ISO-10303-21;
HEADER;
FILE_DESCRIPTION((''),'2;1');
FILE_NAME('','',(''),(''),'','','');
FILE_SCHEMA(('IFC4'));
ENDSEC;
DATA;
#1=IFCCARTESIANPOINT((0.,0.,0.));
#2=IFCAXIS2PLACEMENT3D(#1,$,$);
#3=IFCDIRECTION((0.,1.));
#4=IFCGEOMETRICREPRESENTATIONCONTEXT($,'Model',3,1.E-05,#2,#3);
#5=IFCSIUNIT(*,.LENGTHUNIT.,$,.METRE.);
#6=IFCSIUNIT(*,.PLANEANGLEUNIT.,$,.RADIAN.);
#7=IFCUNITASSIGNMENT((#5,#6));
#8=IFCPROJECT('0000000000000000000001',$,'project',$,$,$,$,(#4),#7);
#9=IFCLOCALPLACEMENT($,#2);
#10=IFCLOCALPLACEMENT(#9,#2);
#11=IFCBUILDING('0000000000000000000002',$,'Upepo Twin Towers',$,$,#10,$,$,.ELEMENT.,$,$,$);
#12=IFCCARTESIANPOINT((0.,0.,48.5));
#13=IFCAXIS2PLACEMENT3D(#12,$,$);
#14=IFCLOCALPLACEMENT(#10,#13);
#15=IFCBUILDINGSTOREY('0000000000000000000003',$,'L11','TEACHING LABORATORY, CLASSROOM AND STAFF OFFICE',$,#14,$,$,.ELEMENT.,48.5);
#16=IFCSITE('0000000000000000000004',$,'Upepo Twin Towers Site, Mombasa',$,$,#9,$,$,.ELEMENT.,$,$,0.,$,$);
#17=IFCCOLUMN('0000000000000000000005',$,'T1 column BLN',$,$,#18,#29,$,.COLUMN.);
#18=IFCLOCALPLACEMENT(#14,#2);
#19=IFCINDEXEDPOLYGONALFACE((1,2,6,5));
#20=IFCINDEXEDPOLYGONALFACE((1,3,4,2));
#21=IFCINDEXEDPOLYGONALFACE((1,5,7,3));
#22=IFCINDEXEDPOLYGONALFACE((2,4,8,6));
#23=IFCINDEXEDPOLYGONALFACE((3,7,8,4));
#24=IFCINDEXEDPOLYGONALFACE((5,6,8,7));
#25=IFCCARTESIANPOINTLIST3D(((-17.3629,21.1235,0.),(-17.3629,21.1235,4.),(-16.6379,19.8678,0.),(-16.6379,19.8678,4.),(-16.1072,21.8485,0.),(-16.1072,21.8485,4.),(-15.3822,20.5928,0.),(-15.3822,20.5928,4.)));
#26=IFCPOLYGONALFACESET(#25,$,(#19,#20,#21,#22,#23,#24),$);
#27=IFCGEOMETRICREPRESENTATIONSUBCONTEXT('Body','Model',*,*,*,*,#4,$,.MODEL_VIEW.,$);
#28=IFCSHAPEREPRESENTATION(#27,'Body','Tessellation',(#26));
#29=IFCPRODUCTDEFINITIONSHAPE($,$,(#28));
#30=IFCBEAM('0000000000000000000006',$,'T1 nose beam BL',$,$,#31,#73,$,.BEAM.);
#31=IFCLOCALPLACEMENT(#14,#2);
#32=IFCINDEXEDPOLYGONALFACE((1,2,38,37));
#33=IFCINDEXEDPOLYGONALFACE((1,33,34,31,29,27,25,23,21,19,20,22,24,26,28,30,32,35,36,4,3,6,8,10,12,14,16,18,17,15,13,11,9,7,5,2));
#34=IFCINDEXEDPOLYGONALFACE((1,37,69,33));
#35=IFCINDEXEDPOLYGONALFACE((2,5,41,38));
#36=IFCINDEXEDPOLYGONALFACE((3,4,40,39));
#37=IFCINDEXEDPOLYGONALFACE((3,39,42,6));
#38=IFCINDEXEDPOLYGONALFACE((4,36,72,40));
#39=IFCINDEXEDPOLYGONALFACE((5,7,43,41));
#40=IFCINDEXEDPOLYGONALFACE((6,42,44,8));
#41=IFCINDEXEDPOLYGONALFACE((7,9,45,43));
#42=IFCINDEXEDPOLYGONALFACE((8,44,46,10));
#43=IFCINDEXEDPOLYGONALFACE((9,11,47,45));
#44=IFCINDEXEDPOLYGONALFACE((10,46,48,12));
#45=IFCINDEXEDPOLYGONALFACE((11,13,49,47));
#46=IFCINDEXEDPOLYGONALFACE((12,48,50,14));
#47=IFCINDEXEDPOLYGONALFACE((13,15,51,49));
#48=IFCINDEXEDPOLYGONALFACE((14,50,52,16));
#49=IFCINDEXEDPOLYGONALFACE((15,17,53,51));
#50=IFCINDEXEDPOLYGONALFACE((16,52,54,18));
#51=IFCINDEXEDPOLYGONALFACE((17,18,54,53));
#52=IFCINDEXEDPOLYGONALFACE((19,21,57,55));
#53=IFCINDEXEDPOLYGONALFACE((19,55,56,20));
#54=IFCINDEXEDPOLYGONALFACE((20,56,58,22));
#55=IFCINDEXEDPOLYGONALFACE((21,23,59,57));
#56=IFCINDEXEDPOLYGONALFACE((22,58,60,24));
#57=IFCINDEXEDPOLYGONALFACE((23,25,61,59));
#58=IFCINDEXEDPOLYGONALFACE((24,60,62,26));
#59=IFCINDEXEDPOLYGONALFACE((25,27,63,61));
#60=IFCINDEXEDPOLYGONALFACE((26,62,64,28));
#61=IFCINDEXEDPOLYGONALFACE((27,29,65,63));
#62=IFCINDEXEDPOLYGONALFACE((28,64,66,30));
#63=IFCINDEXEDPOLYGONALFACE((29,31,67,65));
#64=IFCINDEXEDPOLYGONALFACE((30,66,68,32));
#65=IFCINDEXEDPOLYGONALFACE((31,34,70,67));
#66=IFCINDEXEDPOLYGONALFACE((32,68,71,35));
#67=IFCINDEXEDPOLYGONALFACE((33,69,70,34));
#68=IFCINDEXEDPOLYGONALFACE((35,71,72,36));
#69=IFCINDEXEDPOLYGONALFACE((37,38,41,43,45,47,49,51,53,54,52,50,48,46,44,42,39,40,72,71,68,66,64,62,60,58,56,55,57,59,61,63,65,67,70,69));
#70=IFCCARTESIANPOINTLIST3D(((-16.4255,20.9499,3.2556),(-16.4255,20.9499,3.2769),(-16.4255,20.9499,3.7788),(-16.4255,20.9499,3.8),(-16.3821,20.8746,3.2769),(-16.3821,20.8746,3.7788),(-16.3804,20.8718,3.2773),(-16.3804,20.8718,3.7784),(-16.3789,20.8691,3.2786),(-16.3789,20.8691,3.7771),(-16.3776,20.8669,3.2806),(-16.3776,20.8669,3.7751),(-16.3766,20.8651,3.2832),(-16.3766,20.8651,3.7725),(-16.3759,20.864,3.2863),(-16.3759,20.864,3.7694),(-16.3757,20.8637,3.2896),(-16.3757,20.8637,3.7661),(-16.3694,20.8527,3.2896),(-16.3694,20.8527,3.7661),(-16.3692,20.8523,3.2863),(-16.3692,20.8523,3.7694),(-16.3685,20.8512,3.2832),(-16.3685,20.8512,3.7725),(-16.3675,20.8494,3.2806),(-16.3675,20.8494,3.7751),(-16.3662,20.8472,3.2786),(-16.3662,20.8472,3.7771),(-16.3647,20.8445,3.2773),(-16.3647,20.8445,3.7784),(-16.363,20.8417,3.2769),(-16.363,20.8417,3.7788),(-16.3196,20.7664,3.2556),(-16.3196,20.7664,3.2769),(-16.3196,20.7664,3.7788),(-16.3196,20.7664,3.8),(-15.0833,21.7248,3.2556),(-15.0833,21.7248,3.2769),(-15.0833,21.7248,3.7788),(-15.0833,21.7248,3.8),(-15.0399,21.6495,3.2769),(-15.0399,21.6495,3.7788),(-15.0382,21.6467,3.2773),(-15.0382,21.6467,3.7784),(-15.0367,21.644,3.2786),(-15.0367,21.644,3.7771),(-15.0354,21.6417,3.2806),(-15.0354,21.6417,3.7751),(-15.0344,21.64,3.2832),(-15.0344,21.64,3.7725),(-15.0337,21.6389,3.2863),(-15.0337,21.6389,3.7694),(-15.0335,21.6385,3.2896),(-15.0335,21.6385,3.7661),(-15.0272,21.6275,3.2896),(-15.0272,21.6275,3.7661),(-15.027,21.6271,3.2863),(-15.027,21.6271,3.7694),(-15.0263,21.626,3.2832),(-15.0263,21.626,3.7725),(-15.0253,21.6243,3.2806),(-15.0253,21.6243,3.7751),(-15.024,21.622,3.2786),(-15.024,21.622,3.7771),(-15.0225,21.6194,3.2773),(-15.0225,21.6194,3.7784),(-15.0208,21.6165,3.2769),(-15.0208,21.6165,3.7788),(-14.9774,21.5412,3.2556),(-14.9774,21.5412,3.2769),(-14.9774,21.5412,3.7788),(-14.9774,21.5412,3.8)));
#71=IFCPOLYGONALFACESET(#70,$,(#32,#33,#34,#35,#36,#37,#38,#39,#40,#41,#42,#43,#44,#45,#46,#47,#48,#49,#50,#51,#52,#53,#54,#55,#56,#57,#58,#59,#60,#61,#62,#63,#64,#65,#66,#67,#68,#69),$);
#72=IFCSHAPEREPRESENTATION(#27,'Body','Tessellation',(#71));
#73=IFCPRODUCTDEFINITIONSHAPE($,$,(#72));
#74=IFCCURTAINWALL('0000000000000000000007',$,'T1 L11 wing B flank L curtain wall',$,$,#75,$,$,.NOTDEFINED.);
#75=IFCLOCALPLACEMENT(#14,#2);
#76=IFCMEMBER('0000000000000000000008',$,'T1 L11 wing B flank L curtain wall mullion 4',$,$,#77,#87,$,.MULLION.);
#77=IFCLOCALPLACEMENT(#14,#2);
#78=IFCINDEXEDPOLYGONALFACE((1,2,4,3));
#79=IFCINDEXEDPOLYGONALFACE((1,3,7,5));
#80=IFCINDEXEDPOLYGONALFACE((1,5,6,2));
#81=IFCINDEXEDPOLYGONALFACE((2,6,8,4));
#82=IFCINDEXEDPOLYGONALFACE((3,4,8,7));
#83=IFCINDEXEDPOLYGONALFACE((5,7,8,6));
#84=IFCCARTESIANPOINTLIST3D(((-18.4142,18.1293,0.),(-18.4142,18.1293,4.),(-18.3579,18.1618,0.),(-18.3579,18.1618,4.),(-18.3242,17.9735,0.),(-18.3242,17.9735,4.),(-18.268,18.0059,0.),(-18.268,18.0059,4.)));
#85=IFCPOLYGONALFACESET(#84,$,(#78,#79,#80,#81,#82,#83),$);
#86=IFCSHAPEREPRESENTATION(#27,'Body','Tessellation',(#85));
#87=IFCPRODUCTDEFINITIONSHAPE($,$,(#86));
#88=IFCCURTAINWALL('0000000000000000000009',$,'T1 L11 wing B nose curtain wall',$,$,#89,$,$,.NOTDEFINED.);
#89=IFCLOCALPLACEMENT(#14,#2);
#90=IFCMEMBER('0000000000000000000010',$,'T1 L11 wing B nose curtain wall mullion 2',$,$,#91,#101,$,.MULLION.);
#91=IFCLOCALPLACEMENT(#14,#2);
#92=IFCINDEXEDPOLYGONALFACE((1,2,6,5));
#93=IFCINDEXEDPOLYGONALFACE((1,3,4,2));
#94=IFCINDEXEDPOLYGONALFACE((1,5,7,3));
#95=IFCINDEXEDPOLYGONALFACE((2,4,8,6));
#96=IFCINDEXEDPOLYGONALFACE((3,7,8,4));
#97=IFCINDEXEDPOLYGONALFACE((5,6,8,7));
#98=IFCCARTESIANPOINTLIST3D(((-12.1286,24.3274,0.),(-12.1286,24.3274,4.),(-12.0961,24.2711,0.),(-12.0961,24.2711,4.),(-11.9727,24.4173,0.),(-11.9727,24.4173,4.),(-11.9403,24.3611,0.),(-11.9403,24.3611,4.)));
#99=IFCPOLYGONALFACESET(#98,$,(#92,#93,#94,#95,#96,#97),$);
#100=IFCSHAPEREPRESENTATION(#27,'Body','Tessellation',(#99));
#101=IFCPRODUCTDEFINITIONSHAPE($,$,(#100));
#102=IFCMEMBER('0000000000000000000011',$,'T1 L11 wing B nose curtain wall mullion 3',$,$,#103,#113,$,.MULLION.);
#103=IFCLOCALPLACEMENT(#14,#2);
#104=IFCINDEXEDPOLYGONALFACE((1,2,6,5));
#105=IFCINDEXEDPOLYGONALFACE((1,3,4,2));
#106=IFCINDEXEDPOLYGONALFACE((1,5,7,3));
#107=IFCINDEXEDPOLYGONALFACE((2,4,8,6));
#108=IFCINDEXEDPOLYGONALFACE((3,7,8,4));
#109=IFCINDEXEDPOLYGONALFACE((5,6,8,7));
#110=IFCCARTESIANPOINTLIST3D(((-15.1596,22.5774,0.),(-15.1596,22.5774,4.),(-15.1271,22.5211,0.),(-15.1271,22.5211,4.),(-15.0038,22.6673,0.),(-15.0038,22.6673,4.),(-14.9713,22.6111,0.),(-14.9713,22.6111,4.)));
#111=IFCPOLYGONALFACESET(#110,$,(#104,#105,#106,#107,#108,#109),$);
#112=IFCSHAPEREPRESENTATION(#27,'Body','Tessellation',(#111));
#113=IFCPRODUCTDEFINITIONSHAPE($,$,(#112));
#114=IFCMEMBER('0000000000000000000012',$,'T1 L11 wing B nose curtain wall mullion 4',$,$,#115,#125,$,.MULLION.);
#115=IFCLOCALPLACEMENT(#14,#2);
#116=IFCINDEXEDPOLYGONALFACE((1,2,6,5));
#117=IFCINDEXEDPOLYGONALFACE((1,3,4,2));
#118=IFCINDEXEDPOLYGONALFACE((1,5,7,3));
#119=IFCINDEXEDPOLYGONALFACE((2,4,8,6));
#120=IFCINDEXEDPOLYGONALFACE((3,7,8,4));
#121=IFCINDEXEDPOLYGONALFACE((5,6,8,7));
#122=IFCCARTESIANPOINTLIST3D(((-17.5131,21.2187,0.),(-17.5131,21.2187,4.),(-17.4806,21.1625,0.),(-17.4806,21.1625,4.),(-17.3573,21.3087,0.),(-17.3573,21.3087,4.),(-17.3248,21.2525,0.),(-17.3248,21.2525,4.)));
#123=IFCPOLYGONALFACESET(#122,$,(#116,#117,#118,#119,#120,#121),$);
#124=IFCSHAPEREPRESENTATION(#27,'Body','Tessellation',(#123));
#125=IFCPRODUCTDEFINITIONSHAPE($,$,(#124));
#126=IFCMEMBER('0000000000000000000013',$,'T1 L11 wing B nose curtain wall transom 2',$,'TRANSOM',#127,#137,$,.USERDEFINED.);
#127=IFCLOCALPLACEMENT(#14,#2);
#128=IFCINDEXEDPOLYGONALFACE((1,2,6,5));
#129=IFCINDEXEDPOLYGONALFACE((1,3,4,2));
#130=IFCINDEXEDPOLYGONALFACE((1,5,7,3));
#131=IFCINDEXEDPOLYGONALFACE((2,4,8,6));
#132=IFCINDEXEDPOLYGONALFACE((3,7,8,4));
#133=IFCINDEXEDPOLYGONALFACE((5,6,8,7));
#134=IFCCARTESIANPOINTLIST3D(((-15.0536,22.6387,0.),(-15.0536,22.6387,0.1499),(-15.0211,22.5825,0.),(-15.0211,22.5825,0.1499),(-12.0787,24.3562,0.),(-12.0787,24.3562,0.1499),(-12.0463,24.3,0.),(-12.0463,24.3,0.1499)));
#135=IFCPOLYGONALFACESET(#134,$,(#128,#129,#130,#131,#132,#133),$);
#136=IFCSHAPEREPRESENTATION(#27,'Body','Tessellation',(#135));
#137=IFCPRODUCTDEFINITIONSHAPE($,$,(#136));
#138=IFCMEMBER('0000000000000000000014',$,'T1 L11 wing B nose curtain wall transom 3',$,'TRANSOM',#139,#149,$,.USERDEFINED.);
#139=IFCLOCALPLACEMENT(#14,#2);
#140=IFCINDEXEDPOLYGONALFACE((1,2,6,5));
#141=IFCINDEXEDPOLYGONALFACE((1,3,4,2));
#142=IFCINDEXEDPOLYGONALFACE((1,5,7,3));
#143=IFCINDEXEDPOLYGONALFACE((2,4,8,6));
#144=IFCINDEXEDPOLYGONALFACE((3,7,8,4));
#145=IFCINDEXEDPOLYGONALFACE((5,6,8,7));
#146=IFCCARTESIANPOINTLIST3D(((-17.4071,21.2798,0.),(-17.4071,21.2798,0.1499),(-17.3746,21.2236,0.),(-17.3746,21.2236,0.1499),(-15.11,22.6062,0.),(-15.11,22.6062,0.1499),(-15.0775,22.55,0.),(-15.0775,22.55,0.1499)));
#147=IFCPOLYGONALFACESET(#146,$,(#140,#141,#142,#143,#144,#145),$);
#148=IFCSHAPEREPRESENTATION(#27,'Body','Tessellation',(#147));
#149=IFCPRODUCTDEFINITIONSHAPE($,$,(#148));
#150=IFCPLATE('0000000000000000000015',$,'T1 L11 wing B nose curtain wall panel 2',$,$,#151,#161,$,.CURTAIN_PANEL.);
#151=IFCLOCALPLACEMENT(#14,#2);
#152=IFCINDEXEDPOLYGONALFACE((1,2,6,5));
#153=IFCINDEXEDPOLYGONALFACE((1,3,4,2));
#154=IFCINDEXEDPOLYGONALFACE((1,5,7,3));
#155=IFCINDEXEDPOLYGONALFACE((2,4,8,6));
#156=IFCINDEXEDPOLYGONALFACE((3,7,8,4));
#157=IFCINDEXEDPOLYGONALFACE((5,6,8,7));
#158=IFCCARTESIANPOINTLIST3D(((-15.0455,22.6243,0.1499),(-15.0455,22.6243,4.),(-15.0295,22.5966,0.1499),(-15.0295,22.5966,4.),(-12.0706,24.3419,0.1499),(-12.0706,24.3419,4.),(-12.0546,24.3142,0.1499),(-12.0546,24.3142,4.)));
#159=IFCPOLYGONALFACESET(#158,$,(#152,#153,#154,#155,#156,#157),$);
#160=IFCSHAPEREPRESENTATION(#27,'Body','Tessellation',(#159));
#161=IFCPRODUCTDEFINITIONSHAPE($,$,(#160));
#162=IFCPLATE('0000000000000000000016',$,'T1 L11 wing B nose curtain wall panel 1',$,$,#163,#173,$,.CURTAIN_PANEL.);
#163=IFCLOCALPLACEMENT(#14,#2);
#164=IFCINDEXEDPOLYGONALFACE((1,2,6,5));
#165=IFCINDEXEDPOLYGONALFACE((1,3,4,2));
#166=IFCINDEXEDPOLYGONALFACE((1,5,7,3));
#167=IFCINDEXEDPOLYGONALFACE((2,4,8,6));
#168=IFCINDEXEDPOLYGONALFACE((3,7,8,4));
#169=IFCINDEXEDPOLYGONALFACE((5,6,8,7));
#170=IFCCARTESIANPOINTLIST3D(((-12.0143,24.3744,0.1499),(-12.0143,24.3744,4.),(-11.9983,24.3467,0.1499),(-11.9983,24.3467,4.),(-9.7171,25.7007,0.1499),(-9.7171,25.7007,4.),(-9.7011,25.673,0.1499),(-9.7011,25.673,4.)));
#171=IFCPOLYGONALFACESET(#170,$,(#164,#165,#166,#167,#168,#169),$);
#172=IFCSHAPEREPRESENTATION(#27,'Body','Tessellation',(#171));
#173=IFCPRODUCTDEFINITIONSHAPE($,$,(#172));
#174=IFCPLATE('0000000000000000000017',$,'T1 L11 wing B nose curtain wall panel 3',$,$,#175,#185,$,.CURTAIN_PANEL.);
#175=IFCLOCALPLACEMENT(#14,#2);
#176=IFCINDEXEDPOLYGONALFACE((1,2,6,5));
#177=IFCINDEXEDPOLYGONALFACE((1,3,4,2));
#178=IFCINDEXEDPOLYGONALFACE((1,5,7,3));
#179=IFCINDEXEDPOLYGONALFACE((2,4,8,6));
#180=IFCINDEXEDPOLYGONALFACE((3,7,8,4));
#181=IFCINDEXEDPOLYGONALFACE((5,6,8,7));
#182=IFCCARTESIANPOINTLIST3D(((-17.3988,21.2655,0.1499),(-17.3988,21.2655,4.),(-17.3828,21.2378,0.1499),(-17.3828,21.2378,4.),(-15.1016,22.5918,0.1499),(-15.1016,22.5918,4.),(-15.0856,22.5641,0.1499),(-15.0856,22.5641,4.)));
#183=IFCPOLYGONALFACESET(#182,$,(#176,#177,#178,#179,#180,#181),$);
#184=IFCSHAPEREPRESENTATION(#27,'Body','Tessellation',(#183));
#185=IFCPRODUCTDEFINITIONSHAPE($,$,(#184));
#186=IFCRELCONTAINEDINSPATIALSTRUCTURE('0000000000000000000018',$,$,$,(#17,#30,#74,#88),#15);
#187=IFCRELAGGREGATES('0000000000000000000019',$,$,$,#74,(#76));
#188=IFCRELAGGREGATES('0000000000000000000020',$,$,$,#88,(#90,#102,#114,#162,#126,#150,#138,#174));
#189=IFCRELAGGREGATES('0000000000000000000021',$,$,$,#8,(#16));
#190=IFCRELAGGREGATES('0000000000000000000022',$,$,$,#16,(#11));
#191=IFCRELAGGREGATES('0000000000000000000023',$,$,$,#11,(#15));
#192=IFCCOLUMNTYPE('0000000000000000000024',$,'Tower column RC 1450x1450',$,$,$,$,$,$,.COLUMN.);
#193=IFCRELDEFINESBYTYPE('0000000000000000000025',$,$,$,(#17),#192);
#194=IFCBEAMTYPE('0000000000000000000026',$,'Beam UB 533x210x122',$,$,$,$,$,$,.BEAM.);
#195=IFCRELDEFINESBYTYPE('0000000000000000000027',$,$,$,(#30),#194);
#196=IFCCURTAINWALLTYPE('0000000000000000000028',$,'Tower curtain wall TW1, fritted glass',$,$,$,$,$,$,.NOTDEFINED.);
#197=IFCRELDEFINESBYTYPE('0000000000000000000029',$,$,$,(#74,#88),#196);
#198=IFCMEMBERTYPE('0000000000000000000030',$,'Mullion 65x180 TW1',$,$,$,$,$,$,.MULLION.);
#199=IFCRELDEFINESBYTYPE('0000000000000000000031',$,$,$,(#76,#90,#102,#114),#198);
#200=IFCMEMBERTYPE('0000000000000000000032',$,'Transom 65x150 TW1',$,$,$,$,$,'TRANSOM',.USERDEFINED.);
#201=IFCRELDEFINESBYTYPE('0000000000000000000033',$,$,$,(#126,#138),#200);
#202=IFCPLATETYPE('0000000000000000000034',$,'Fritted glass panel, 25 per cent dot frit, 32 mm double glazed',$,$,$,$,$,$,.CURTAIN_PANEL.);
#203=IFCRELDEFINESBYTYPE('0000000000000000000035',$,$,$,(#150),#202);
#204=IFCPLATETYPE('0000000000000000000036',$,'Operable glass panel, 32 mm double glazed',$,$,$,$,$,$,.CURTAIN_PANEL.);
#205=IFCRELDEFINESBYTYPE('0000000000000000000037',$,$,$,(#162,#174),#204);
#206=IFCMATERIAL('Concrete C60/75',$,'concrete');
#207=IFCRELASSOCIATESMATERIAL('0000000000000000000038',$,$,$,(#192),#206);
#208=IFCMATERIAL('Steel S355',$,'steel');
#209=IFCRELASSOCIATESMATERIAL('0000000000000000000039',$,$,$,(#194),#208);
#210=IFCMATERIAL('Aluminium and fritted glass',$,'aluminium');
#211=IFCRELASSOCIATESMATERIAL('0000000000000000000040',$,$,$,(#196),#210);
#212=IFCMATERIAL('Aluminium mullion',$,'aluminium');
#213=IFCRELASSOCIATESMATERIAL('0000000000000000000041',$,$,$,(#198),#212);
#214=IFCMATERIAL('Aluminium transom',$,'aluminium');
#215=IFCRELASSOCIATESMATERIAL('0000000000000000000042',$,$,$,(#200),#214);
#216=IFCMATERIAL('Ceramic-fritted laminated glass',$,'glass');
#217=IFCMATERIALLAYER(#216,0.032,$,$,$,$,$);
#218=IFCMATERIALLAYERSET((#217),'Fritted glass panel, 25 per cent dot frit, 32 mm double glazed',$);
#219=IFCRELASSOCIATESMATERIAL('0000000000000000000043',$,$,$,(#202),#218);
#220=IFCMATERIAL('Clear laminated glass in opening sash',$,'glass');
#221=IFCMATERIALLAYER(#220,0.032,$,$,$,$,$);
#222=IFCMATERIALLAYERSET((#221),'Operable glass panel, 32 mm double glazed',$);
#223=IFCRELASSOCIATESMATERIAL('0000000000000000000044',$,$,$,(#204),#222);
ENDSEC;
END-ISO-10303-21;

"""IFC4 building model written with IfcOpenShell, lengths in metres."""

from ifc_helpers import new_model, si_unit, direction, frame, origin, origin_2d, place, context, subcontext, project, spatial, rectangle, i_section, extrude, material, layer, layer_set, material_profile, profile_set, type_object, element, aggregate, save


model = new_model("IFC4")

# Units and contexts
model_context = context("Model", 3, precision=1e-05, world=origin(), true_north=direction((0.0, 1.0)))
body_context = subcontext(model_context, "Body", "Model", "MODEL_VIEW")
ifc_project = project(units=[si_unit("LENGTHUNIT", "METRE"), si_unit("PLANEANGLEUNIT", "RADIAN")], contexts=[model_context])

# Site, building, storey
site_placement = place(None, origin())
site = spatial("IfcSite", under=ifc_project, at=site_placement, Name="Upepo Twin Towers Site, Mombasa", CompositionType="ELEMENT", RefElevation=0.0)
building_placement = place(site_placement, origin())
building = spatial("IfcBuilding", under=site, at=building_placement, Name="Upepo Twin Towers", CompositionType="ELEMENT")
storey_placement = place(building_placement, frame((0.0, 0.0, 48.5)))
storey = spatial("IfcBuildingStorey", under=building, at=storey_placement, Name="L11", Description="TEACHING LABORATORY, CLASSROOM AND STAFF OFFICE", CompositionType="ELEMENT", Elevation=48.5)

# Column
ifc_material_1 = material(Name="Concrete C60/75", Category="concrete")
ifc_material_profile_1 = material_profile(ifc_material_1, rectangle(XDim=1.45, YDim=1.45, at=origin_2d()), Name="RC 1450x1450")
ifc_profile_set_1 = profile_set([ifc_material_profile_1], Name="Concrete C60/75")
column_type = type_object("IfcColumnType", Name="Tower column RC 1450x1450", PredefinedType="COLUMN", material=ifc_profile_set_1)
column_placement = place(storey_placement, frame((-16.3726, 20.8582, 0.0), z_axis=(0.0, 0.0, 1.0), x_axis=(0.866025, 0.5, 0.0)))
element("IfcColumn", 1, at=column_placement, inside=storey, type_object=column_type, Name="T1 column BLN", PredefinedType="COLUMN", context=body_context, shape_type="SweptSolid", body=[
    extrude(rectangle(XDim=1.45, YDim=1.45, at=origin_2d()), origin(), (0.0, 0.0, 1.0), 4.0),
])

# Beam
ifc_material_2 = material(Name="Steel S355", Category="steel")
ifc_material_profile_2 = material_profile(ifc_material_2, i_section(OverallWidth=0.2119, OverallDepth=0.5444, WebThickness=0.0127, FlangeThickness=0.0212, FilletRadius=0.0127, at=origin_2d()), Name="UB 533x210x122")
ifc_profile_set_2 = profile_set([ifc_material_profile_2], Name="Steel S355")
beam_type = type_object("IfcBeamType", Name="Beam UB 533x210x122", PredefinedType="BEAM", material=ifc_profile_set_2)
beam_placement = place(storey_placement, frame((-16.3726, 20.8582, 3.5278), z_axis=(0.866044, 0.499968, 0.0), x_axis=(-0.499968, 0.866044, 0.0)))
element("IfcBeam", 2, at=beam_placement, inside=storey, type_object=beam_type, Name="T1 nose beam BL", PredefinedType="BEAM", context=body_context, shape_type="SweptSolid", body=[
    extrude(i_section(OverallWidth=0.2119, OverallDepth=0.5444, WebThickness=0.0127, FlangeThickness=0.0212, FilletRadius=0.0127, at=origin_2d()), origin(), (0.0, 0.0, 1.0), 1.5498),
])

# Curtain wall, member
ifc_material_3 = material(Name="Aluminium and fritted glass", Category="aluminium")
curtain_wall_type = type_object("IfcCurtainWallType", Name="Tower curtain wall TW1, fritted glass", PredefinedType="NOTDEFINED", material=ifc_material_3)
curtain_wall_1_placement = place(storey_placement, origin())
curtain_wall_1 = element("IfcCurtainWall", 3, at=curtain_wall_1_placement, inside=storey, type_object=curtain_wall_type, Name="T1 L11 wing B flank L curtain wall", PredefinedType="NOTDEFINED")
ifc_material_4 = material(Name="Aluminium mullion", Category="aluminium")
ifc_material_profile_3 = material_profile(ifc_material_4, rectangle(XDim=0.0649, YDim=0.1799, at=origin_2d()), Name="MULLION 65x180")
ifc_profile_set_3 = profile_set([ifc_material_profile_3], Name="Aluminium mullion")
member_type_1 = type_object("IfcMemberType", Name="Mullion 65x180 TW1", PredefinedType="MULLION", material=ifc_profile_set_3)
member_1_placement = place(storey_placement, frame((-18.3411, 18.0676, 0.0), z_axis=(0.0, 0.0, 1.0), x_axis=(-0.866025, -0.5, 0.0)))
member_1 = element("IfcMember", 4, at=member_1_placement, type_object=member_type_1, Name="T1 L11 wing B flank L curtain wall mullion 4", PredefinedType="MULLION", context=body_context, shape_type="SweptSolid", body=[
    extrude(rectangle(XDim=0.0649, YDim=0.1799, at=origin_2d()), origin(), (0.0, 0.0, 1.0), 4.0),
])
aggregate(curtain_wall_1, [member_1])

# Curtain wall, members, plates
curtain_wall_2_placement = place(storey_placement, origin())
curtain_wall_2 = element("IfcCurtainWall", 5, at=curtain_wall_2_placement, inside=storey, type_object=curtain_wall_type, Name="T1 L11 wing B nose curtain wall", PredefinedType="NOTDEFINED")
member_2_placement = place(storey_placement, frame((-12.0344, 24.3442, 0.0), z_axis=(0.0, 0.0, 1.0), x_axis=(0.5, -0.866025, 0.0)))
member_2 = element("IfcMember", 6, at=member_2_placement, type_object=member_type_1, Name="T1 L11 wing B nose curtain wall mullion 2", PredefinedType="MULLION", context=body_context, shape_type="SweptSolid", body=[
    extrude(rectangle(XDim=0.0649, YDim=0.1799, at=origin_2d()), origin(), (0.0, 0.0, 1.0), 4.0),
])
member_3_placement = place(storey_placement, frame((-15.0654, 22.5942, 0.0), z_axis=(0.0, 0.0, 1.0), x_axis=(0.5, -0.866025, 0.0)))
member_3 = element("IfcMember", 7, at=member_3_placement, type_object=member_type_1, Name="T1 L11 wing B nose curtain wall mullion 3", PredefinedType="MULLION", context=body_context, shape_type="SweptSolid", body=[
    extrude(rectangle(XDim=0.0649, YDim=0.1799, at=origin_2d()), origin(), (0.0, 0.0, 1.0), 4.0),
])
member_4_placement = place(storey_placement, frame((-17.4189, 21.2356, 0.0), z_axis=(0.0, 0.0, 1.0), x_axis=(0.5, -0.866025, 0.0)))
member_4 = element("IfcMember", 8, at=member_4_placement, type_object=member_type_1, Name="T1 L11 wing B nose curtain wall mullion 4", PredefinedType="MULLION", context=body_context, shape_type="SweptSolid", body=[
    extrude(rectangle(XDim=0.0649, YDim=0.1799, at=origin_2d()), origin(), (0.0, 0.0, 1.0), 4.0),
])
ifc_material_5 = material(Name="Aluminium transom", Category="aluminium")
ifc_material_profile_4 = material_profile(ifc_material_5, rectangle(XDim=0.0649, YDim=0.1499, at=origin_2d()), Name="TRANSOM 65x150")
ifc_profile_set_4 = profile_set([ifc_material_profile_4], Name="Aluminium transom")
member_type_2 = type_object("IfcMemberType", Name="Transom 65x150 TW1", ElementType="TRANSOM", PredefinedType="USERDEFINED", material=ifc_profile_set_4)
member_5_placement = place(storey_placement, frame((-12.0625, 24.3281, 0.075), z_axis=(-0.866026, -0.499999, 0.0), x_axis=(0.499999, -0.866026, 0.0)))
member_5 = element("IfcMember", 9, at=member_5_placement, type_object=member_type_2, Name="T1 L11 wing B nose curtain wall transom 2", ObjectType="TRANSOM", PredefinedType="USERDEFINED", context=body_context, shape_type="SweptSolid", body=[
    extrude(rectangle(XDim=0.0649, YDim=0.1499, at=origin_2d()), origin(), (0.0, 0.0, 1.0), 3.4351),
])
member_6_placement = place(storey_placement, frame((-15.0938, 22.5781, 0.075), z_axis=(-0.865997, -0.500049, 0.0), x_axis=(0.500049, -0.865997, 0.0)))
member_6 = element("IfcMember", 10, at=member_6_placement, type_object=member_type_2, Name="T1 L11 wing B nose curtain wall transom 3", ObjectType="TRANSOM", PredefinedType="USERDEFINED", context=body_context, shape_type="SweptSolid", body=[
    extrude(rectangle(XDim=0.0649, YDim=0.1499, at=origin_2d()), origin(), (0.0, 0.0, 1.0), 2.6526),
])
ifc_material_6 = material(Name="Ceramic-fritted laminated glass", Category="glass")
ifc_layer_1 = layer(ifc_material_6, 0.032)
ifc_layer_set_1 = layer_set([ifc_layer_1], Name="Fritted glass panel, 25 per cent dot frit, 32 mm double glazed")
plate_type_1 = type_object("IfcPlateType", Name="Fritted glass panel, 25 per cent dot frit, 32 mm double glazed", PredefinedType="CURTAIN_PANEL", material=ifc_layer_set_1)
plate_1_placement = place(storey_placement, frame((-13.55, 23.4692, 0.1499), z_axis=(0.0, 0.0, 1.0), x_axis=(-0.866025, -0.5, 0.0)))
plate_1 = element("IfcPlate", 11, at=plate_1_placement, type_object=plate_type_1, Name="T1 L11 wing B nose curtain wall panel 2", PredefinedType="CURTAIN_PANEL", context=body_context, shape_type="SweptSolid", body=[
    extrude(rectangle(XDim=3.4351, YDim=0.032, at=origin_2d()), origin(), (0.0, 0.0, 1.0), 3.8501),
])
ifc_material_7 = material(Name="Clear laminated glass in opening sash", Category="glass")
ifc_layer_2 = layer(ifc_material_7, 0.032)
ifc_layer_set_2 = layer_set([ifc_layer_2], Name="Operable glass panel, 32 mm double glazed")
plate_type_2 = type_object("IfcPlateType", Name="Operable glass panel, 32 mm double glazed", PredefinedType="CURTAIN_PANEL", material=ifc_layer_set_2)
plate_2_placement = place(storey_placement, frame((-10.8577, 25.0237, 0.1499), z_axis=(0.0, 0.0, 1.0), x_axis=(-0.866025, -0.5, 0.0)))
plate_2 = element("IfcPlate", 12, at=plate_2_placement, type_object=plate_type_2, Name="T1 L11 wing B nose curtain wall panel 1", PredefinedType="CURTAIN_PANEL", context=body_context, shape_type="SweptSolid", body=[
    extrude(rectangle(XDim=2.6526, YDim=0.032, at=origin_2d()), origin(), (0.0, 0.0, 1.0), 3.8501),
])
plate_3_placement = place(storey_placement, frame((-16.2422, 21.9148, 0.1499), z_axis=(0.0, 0.0, 1.0), x_axis=(-0.866025, -0.5, 0.0)))
plate_3 = element("IfcPlate", 13, at=plate_3_placement, type_object=plate_type_2, Name="T1 L11 wing B nose curtain wall panel 3", PredefinedType="CURTAIN_PANEL", context=body_context, shape_type="SweptSolid", body=[
    extrude(rectangle(XDim=2.6526, YDim=0.032, at=origin_2d()), origin(), (0.0, 0.0, 1.0), 3.8501),
])
aggregate(curtain_wall_2, [member_2, member_3, member_4, plate_2, member_5, plate_1, member_6, plate_3])

save(model, "model.ifc")
